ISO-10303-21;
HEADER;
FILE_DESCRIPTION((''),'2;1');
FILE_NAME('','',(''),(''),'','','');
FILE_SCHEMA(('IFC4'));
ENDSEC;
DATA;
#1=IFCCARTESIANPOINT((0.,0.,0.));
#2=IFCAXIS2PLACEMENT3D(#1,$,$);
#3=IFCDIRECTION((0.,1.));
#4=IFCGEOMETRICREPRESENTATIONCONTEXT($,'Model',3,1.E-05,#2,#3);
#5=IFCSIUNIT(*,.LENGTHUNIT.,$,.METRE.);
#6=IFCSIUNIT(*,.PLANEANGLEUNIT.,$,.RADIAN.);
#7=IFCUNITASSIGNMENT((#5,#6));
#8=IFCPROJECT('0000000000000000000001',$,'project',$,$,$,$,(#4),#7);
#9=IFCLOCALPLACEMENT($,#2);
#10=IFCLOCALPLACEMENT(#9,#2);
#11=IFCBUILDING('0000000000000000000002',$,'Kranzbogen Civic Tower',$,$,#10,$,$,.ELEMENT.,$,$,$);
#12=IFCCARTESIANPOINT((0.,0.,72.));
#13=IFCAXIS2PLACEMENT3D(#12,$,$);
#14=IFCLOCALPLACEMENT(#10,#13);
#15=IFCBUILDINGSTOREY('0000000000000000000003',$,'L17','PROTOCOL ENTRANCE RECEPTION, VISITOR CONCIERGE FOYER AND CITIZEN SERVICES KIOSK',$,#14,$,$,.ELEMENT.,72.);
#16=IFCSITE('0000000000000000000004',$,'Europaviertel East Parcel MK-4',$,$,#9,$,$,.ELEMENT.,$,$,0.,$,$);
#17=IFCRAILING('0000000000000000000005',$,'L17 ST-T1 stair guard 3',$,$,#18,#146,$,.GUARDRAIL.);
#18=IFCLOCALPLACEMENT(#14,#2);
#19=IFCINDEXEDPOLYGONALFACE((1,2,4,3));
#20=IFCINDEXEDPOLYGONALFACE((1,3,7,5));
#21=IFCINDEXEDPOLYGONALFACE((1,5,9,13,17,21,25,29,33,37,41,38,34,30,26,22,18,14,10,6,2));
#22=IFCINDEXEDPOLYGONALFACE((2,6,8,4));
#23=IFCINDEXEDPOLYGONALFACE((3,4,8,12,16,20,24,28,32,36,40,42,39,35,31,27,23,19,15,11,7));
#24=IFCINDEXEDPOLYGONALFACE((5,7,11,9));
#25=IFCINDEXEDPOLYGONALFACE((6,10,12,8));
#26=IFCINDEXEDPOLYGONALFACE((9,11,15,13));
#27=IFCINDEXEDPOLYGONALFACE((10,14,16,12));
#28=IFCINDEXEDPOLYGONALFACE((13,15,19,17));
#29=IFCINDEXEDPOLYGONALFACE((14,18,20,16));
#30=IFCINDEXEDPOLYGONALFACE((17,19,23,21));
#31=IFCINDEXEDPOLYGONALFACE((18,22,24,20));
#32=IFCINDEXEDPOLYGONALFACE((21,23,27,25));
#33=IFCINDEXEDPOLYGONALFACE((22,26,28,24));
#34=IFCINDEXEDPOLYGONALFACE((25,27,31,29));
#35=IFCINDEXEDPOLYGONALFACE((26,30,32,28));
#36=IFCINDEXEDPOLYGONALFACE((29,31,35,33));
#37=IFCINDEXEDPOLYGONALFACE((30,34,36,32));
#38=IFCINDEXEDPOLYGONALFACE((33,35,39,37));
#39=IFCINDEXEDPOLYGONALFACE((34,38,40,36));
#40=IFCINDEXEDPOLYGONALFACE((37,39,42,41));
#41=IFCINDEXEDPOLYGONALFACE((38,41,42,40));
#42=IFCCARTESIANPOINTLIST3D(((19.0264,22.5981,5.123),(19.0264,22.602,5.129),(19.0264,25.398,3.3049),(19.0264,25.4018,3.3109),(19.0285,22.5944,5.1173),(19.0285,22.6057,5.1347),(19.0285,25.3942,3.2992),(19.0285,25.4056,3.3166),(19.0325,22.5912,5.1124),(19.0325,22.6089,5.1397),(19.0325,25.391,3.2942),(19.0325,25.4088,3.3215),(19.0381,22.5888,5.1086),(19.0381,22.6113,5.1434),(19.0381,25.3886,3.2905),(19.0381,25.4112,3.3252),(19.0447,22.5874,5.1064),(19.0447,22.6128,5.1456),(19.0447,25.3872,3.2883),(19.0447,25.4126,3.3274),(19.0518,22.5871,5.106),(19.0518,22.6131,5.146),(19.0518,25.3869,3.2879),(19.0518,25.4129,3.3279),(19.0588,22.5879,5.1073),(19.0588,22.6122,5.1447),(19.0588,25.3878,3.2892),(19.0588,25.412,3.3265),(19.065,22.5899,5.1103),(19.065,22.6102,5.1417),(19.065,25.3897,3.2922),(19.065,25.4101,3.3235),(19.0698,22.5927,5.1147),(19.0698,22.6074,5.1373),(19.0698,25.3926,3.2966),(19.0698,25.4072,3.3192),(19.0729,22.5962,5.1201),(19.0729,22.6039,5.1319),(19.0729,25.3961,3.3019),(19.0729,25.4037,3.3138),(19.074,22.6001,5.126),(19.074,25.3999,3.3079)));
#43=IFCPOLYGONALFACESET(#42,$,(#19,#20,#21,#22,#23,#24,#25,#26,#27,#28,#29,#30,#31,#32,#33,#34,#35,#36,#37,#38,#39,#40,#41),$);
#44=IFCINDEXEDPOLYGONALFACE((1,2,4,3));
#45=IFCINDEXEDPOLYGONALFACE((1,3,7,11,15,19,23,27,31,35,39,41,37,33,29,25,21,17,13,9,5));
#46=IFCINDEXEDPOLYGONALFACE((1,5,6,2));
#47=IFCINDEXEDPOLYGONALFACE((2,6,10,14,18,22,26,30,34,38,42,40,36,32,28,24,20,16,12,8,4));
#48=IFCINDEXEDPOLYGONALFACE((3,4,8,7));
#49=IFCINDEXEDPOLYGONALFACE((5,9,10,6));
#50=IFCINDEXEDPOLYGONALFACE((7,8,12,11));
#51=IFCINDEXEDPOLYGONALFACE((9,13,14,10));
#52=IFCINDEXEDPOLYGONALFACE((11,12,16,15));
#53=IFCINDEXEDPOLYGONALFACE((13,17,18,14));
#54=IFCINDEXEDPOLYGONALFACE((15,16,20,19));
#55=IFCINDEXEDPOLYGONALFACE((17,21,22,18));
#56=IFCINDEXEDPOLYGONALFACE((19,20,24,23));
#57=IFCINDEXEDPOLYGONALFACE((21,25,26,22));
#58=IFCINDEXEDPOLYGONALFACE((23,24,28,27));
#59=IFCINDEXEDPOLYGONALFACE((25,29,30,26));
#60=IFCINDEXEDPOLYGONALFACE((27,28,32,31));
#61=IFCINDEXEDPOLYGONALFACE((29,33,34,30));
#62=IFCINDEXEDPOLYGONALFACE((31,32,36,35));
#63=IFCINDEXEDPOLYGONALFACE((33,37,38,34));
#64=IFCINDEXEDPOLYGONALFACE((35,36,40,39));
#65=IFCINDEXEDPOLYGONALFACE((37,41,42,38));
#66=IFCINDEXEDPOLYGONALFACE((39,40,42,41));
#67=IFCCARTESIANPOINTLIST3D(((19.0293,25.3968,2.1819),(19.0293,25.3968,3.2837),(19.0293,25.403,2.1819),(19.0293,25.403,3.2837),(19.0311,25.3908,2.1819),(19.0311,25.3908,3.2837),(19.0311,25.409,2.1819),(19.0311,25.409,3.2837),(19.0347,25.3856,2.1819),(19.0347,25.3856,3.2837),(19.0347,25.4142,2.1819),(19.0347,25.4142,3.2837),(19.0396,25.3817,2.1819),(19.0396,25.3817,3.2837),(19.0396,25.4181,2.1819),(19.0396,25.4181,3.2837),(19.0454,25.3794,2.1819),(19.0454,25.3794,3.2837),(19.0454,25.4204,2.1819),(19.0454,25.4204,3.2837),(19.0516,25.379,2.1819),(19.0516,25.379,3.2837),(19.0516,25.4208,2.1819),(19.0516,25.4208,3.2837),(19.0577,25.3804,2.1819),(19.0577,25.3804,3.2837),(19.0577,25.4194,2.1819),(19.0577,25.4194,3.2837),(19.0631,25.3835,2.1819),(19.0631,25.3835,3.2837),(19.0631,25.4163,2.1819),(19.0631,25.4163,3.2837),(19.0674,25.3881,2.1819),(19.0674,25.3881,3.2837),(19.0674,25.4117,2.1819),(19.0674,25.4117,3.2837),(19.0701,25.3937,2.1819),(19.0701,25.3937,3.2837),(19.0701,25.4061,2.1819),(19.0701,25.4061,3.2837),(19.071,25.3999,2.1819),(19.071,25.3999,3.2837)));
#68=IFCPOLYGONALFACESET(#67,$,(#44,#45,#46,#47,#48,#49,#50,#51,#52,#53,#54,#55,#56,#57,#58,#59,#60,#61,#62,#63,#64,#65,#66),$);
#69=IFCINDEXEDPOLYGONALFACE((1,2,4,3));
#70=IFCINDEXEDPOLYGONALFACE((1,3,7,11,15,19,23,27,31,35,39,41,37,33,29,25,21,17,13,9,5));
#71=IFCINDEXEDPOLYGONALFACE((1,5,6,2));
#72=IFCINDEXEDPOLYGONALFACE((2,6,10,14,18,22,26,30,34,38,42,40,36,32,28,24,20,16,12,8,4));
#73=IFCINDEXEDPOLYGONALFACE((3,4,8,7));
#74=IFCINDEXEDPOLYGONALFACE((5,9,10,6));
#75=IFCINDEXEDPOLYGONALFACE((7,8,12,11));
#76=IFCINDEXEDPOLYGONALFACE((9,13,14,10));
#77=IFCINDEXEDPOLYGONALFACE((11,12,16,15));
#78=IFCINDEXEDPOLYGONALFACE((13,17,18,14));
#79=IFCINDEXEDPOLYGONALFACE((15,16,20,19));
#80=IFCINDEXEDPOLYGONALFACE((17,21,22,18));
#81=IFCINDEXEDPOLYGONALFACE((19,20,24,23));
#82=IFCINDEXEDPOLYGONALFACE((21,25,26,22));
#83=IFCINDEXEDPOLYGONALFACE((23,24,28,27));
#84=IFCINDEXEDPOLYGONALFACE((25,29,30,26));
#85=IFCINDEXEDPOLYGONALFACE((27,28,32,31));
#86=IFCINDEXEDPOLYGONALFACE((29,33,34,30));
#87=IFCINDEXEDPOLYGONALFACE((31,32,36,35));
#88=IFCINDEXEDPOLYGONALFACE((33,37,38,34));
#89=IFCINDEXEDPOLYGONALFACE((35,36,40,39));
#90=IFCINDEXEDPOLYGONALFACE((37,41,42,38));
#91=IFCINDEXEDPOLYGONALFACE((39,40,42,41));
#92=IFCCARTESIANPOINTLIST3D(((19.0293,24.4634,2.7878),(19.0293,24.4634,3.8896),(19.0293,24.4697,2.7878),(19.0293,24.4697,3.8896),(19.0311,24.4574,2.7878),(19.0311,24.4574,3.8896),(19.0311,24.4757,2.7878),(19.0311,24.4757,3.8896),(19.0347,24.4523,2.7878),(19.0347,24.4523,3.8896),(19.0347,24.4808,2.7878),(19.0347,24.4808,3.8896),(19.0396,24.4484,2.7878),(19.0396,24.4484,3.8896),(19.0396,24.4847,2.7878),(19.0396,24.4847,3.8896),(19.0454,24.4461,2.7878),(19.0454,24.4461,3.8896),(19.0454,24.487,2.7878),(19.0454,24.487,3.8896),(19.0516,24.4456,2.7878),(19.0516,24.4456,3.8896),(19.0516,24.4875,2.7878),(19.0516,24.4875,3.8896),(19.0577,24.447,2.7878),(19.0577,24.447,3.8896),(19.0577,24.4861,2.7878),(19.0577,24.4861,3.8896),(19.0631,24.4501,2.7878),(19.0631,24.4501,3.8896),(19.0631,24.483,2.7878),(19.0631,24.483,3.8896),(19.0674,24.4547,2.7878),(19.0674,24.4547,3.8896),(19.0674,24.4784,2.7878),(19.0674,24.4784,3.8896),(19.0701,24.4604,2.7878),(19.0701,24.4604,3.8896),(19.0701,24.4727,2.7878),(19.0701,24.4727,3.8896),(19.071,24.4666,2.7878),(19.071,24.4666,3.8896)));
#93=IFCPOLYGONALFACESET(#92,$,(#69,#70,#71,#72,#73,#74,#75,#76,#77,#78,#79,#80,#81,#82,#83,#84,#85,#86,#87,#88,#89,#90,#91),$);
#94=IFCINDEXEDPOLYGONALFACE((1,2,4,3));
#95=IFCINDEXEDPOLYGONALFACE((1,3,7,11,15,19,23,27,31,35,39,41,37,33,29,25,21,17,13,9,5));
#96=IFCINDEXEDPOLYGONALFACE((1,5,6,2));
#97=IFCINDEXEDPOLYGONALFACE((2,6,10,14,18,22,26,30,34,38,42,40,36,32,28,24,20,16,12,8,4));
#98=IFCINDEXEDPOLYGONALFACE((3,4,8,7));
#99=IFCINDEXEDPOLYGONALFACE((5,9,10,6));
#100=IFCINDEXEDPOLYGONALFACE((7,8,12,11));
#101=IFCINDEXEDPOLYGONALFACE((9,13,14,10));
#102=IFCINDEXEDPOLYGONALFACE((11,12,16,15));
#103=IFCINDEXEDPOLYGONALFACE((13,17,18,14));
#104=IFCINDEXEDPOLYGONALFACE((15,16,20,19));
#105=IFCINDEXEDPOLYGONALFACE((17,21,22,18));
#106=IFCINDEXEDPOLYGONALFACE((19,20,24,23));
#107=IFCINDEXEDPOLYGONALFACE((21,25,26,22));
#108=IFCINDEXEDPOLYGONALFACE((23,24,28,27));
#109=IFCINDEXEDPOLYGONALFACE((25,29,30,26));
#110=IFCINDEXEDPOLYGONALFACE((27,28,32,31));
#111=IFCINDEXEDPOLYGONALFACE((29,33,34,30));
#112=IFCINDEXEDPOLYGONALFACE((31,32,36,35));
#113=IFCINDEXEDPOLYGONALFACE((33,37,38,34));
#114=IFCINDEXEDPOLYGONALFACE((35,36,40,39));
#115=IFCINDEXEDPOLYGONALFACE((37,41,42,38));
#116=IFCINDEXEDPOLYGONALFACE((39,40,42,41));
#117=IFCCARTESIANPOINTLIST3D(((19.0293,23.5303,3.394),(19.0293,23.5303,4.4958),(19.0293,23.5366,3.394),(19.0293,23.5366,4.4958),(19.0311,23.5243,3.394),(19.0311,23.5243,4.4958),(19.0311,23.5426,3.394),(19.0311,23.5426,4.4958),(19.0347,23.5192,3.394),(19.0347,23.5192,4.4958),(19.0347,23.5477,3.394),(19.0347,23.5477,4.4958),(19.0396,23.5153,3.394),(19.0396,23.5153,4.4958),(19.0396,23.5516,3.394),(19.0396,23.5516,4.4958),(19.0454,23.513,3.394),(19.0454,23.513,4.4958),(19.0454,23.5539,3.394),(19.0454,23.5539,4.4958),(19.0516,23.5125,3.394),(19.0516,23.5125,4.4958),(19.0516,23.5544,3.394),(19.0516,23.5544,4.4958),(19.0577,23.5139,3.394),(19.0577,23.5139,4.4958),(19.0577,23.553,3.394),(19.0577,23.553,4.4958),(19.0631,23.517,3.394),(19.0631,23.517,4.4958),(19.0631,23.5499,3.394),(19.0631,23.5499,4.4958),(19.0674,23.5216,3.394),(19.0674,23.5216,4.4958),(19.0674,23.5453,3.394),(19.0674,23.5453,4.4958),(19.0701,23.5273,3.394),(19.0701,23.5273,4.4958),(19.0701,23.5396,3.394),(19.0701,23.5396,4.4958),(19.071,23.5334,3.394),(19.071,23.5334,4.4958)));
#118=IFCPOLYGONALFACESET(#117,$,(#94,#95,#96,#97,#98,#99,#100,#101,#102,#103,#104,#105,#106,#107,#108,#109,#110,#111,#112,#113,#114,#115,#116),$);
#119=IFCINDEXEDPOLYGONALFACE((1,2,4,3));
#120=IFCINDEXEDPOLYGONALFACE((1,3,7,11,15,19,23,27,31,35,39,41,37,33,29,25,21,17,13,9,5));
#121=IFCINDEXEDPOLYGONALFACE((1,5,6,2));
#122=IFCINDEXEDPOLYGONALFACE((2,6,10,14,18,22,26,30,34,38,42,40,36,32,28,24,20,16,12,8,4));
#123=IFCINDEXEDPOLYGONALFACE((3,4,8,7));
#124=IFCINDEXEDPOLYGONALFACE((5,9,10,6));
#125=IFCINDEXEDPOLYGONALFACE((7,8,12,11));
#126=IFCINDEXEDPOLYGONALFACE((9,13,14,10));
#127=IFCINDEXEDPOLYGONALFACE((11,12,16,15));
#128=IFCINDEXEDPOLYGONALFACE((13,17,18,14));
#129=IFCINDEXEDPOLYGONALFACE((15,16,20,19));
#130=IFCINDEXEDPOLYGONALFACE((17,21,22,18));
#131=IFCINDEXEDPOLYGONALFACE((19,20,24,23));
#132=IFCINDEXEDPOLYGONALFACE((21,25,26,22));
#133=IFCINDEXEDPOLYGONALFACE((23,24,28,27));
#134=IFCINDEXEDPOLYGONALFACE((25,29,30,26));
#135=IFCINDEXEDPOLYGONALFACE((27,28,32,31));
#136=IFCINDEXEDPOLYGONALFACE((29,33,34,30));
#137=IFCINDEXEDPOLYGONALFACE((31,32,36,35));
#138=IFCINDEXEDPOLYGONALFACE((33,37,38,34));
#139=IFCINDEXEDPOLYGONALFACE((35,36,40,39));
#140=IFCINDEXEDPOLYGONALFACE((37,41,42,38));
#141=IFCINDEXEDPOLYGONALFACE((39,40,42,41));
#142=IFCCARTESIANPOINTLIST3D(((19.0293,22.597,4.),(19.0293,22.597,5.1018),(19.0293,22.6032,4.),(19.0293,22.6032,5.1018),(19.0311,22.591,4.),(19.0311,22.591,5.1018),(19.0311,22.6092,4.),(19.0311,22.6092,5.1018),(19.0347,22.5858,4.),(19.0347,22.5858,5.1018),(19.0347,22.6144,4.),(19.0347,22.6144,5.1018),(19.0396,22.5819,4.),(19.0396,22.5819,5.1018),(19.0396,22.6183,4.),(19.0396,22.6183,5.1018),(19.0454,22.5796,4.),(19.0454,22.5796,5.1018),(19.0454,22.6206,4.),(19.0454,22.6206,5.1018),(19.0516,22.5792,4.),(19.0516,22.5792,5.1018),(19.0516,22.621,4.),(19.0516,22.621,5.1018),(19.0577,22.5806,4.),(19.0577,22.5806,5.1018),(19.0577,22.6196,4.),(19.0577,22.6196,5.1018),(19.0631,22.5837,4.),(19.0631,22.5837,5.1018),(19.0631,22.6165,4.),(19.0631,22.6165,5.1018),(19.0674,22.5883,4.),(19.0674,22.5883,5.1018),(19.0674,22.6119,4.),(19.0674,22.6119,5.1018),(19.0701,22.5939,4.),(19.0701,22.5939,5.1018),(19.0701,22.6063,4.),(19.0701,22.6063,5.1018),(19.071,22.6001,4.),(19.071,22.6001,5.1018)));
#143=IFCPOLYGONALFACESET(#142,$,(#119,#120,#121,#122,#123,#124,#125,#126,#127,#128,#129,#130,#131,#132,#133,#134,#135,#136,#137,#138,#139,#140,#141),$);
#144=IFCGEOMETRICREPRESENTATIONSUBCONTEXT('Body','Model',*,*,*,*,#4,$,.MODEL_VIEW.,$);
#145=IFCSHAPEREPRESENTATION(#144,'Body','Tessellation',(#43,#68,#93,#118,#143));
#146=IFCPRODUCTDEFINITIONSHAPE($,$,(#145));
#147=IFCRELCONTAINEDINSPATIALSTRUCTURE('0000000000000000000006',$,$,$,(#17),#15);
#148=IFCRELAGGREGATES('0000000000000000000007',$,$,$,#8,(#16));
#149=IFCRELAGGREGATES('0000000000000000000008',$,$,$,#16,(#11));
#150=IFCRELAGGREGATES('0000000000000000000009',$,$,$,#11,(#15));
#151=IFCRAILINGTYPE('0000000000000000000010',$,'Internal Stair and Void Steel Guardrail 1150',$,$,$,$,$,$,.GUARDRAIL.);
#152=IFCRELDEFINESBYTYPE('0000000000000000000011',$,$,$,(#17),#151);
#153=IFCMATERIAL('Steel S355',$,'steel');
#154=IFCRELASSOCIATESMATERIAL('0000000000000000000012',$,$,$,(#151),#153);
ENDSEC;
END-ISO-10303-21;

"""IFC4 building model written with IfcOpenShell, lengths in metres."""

from ifc_helpers import new_model, si_unit, direction, frame, origin, origin_2d, place, context, subcontext, project, spatial, circle, extrude, material, type_object, element, save


model = new_model("IFC4")

# Units and contexts
model_context = context("Model", 3, precision=1e-05, world=origin(), true_north=direction((0.0, 1.0)))
body_context = subcontext(model_context, "Body", "Model", "MODEL_VIEW")
ifc_project = project(units=[si_unit("LENGTHUNIT", "METRE"), si_unit("PLANEANGLEUNIT", "RADIAN")], contexts=[model_context])

# Site, building, storey
site_placement = place(None, origin())
site = spatial("IfcSite", under=ifc_project, at=site_placement, Name="Europaviertel East Parcel MK-4", CompositionType="ELEMENT", RefElevation=0.0)
building_placement = place(site_placement, origin())
building = spatial("IfcBuilding", under=site, at=building_placement, Name="Kranzbogen Civic Tower", CompositionType="ELEMENT")
storey_placement = place(building_placement, frame((0.0, 0.0, 72.0)))
storey = spatial("IfcBuildingStorey", under=building, at=storey_placement, Name="L17", Description="PROTOCOL ENTRANCE RECEPTION, VISITOR CONCIERGE FOYER AND CITIZEN SERVICES KIOSK", CompositionType="ELEMENT", Elevation=72.0)

# Shared definitions
ifc_material_1 = material(Name="Steel S355", Category="steel")

# Railing
railing_type_1 = type_object("IfcRailingType", Name="Internal Stair and Void Steel Guardrail 1150", PredefinedType="GUARDRAIL", material=ifc_material_1)
railing_1_placement = place(storey_placement, frame((19.05, 25.3999, 2.1819)))
element("IfcRailing", 1, at=railing_1_placement, inside=storey, type_object=railing_type_1, Name="L17 ST-T1 stair guard 3", PredefinedType="GUARDRAIL", context=body_context, shape_type="SweptSolid", body=[
    extrude(circle(Radius=0.0239, at=origin_2d()), frame((0.0, 0.0, 1.126), z_axis=(0.0, -0.838684, 0.544618), x_axis=(1.0, 0.0, 0.0)), (0.0, 0.0, 1.0), 3.3384),
    extrude(circle(Radius=0.021, at=origin_2d()), origin(), (0.0, 0.0, 1.0), 1.1018),
    extrude(circle(Radius=0.021, at=origin_2d()), frame((0.0, -0.9333, 0.606)), (0.0, 0.0, 1.0), 1.1018),
    extrude(circle(Radius=0.021, at=origin_2d()), frame((0.0, -1.8665, 1.2122)), (0.0, 0.0, 1.0), 1.1018),
    extrude(circle(Radius=0.021, at=origin_2d()), frame((0.0, -2.7998, 1.8181)), (0.0, 0.0, 1.0), 1.1018),
])

save(model, "model.ifc")
